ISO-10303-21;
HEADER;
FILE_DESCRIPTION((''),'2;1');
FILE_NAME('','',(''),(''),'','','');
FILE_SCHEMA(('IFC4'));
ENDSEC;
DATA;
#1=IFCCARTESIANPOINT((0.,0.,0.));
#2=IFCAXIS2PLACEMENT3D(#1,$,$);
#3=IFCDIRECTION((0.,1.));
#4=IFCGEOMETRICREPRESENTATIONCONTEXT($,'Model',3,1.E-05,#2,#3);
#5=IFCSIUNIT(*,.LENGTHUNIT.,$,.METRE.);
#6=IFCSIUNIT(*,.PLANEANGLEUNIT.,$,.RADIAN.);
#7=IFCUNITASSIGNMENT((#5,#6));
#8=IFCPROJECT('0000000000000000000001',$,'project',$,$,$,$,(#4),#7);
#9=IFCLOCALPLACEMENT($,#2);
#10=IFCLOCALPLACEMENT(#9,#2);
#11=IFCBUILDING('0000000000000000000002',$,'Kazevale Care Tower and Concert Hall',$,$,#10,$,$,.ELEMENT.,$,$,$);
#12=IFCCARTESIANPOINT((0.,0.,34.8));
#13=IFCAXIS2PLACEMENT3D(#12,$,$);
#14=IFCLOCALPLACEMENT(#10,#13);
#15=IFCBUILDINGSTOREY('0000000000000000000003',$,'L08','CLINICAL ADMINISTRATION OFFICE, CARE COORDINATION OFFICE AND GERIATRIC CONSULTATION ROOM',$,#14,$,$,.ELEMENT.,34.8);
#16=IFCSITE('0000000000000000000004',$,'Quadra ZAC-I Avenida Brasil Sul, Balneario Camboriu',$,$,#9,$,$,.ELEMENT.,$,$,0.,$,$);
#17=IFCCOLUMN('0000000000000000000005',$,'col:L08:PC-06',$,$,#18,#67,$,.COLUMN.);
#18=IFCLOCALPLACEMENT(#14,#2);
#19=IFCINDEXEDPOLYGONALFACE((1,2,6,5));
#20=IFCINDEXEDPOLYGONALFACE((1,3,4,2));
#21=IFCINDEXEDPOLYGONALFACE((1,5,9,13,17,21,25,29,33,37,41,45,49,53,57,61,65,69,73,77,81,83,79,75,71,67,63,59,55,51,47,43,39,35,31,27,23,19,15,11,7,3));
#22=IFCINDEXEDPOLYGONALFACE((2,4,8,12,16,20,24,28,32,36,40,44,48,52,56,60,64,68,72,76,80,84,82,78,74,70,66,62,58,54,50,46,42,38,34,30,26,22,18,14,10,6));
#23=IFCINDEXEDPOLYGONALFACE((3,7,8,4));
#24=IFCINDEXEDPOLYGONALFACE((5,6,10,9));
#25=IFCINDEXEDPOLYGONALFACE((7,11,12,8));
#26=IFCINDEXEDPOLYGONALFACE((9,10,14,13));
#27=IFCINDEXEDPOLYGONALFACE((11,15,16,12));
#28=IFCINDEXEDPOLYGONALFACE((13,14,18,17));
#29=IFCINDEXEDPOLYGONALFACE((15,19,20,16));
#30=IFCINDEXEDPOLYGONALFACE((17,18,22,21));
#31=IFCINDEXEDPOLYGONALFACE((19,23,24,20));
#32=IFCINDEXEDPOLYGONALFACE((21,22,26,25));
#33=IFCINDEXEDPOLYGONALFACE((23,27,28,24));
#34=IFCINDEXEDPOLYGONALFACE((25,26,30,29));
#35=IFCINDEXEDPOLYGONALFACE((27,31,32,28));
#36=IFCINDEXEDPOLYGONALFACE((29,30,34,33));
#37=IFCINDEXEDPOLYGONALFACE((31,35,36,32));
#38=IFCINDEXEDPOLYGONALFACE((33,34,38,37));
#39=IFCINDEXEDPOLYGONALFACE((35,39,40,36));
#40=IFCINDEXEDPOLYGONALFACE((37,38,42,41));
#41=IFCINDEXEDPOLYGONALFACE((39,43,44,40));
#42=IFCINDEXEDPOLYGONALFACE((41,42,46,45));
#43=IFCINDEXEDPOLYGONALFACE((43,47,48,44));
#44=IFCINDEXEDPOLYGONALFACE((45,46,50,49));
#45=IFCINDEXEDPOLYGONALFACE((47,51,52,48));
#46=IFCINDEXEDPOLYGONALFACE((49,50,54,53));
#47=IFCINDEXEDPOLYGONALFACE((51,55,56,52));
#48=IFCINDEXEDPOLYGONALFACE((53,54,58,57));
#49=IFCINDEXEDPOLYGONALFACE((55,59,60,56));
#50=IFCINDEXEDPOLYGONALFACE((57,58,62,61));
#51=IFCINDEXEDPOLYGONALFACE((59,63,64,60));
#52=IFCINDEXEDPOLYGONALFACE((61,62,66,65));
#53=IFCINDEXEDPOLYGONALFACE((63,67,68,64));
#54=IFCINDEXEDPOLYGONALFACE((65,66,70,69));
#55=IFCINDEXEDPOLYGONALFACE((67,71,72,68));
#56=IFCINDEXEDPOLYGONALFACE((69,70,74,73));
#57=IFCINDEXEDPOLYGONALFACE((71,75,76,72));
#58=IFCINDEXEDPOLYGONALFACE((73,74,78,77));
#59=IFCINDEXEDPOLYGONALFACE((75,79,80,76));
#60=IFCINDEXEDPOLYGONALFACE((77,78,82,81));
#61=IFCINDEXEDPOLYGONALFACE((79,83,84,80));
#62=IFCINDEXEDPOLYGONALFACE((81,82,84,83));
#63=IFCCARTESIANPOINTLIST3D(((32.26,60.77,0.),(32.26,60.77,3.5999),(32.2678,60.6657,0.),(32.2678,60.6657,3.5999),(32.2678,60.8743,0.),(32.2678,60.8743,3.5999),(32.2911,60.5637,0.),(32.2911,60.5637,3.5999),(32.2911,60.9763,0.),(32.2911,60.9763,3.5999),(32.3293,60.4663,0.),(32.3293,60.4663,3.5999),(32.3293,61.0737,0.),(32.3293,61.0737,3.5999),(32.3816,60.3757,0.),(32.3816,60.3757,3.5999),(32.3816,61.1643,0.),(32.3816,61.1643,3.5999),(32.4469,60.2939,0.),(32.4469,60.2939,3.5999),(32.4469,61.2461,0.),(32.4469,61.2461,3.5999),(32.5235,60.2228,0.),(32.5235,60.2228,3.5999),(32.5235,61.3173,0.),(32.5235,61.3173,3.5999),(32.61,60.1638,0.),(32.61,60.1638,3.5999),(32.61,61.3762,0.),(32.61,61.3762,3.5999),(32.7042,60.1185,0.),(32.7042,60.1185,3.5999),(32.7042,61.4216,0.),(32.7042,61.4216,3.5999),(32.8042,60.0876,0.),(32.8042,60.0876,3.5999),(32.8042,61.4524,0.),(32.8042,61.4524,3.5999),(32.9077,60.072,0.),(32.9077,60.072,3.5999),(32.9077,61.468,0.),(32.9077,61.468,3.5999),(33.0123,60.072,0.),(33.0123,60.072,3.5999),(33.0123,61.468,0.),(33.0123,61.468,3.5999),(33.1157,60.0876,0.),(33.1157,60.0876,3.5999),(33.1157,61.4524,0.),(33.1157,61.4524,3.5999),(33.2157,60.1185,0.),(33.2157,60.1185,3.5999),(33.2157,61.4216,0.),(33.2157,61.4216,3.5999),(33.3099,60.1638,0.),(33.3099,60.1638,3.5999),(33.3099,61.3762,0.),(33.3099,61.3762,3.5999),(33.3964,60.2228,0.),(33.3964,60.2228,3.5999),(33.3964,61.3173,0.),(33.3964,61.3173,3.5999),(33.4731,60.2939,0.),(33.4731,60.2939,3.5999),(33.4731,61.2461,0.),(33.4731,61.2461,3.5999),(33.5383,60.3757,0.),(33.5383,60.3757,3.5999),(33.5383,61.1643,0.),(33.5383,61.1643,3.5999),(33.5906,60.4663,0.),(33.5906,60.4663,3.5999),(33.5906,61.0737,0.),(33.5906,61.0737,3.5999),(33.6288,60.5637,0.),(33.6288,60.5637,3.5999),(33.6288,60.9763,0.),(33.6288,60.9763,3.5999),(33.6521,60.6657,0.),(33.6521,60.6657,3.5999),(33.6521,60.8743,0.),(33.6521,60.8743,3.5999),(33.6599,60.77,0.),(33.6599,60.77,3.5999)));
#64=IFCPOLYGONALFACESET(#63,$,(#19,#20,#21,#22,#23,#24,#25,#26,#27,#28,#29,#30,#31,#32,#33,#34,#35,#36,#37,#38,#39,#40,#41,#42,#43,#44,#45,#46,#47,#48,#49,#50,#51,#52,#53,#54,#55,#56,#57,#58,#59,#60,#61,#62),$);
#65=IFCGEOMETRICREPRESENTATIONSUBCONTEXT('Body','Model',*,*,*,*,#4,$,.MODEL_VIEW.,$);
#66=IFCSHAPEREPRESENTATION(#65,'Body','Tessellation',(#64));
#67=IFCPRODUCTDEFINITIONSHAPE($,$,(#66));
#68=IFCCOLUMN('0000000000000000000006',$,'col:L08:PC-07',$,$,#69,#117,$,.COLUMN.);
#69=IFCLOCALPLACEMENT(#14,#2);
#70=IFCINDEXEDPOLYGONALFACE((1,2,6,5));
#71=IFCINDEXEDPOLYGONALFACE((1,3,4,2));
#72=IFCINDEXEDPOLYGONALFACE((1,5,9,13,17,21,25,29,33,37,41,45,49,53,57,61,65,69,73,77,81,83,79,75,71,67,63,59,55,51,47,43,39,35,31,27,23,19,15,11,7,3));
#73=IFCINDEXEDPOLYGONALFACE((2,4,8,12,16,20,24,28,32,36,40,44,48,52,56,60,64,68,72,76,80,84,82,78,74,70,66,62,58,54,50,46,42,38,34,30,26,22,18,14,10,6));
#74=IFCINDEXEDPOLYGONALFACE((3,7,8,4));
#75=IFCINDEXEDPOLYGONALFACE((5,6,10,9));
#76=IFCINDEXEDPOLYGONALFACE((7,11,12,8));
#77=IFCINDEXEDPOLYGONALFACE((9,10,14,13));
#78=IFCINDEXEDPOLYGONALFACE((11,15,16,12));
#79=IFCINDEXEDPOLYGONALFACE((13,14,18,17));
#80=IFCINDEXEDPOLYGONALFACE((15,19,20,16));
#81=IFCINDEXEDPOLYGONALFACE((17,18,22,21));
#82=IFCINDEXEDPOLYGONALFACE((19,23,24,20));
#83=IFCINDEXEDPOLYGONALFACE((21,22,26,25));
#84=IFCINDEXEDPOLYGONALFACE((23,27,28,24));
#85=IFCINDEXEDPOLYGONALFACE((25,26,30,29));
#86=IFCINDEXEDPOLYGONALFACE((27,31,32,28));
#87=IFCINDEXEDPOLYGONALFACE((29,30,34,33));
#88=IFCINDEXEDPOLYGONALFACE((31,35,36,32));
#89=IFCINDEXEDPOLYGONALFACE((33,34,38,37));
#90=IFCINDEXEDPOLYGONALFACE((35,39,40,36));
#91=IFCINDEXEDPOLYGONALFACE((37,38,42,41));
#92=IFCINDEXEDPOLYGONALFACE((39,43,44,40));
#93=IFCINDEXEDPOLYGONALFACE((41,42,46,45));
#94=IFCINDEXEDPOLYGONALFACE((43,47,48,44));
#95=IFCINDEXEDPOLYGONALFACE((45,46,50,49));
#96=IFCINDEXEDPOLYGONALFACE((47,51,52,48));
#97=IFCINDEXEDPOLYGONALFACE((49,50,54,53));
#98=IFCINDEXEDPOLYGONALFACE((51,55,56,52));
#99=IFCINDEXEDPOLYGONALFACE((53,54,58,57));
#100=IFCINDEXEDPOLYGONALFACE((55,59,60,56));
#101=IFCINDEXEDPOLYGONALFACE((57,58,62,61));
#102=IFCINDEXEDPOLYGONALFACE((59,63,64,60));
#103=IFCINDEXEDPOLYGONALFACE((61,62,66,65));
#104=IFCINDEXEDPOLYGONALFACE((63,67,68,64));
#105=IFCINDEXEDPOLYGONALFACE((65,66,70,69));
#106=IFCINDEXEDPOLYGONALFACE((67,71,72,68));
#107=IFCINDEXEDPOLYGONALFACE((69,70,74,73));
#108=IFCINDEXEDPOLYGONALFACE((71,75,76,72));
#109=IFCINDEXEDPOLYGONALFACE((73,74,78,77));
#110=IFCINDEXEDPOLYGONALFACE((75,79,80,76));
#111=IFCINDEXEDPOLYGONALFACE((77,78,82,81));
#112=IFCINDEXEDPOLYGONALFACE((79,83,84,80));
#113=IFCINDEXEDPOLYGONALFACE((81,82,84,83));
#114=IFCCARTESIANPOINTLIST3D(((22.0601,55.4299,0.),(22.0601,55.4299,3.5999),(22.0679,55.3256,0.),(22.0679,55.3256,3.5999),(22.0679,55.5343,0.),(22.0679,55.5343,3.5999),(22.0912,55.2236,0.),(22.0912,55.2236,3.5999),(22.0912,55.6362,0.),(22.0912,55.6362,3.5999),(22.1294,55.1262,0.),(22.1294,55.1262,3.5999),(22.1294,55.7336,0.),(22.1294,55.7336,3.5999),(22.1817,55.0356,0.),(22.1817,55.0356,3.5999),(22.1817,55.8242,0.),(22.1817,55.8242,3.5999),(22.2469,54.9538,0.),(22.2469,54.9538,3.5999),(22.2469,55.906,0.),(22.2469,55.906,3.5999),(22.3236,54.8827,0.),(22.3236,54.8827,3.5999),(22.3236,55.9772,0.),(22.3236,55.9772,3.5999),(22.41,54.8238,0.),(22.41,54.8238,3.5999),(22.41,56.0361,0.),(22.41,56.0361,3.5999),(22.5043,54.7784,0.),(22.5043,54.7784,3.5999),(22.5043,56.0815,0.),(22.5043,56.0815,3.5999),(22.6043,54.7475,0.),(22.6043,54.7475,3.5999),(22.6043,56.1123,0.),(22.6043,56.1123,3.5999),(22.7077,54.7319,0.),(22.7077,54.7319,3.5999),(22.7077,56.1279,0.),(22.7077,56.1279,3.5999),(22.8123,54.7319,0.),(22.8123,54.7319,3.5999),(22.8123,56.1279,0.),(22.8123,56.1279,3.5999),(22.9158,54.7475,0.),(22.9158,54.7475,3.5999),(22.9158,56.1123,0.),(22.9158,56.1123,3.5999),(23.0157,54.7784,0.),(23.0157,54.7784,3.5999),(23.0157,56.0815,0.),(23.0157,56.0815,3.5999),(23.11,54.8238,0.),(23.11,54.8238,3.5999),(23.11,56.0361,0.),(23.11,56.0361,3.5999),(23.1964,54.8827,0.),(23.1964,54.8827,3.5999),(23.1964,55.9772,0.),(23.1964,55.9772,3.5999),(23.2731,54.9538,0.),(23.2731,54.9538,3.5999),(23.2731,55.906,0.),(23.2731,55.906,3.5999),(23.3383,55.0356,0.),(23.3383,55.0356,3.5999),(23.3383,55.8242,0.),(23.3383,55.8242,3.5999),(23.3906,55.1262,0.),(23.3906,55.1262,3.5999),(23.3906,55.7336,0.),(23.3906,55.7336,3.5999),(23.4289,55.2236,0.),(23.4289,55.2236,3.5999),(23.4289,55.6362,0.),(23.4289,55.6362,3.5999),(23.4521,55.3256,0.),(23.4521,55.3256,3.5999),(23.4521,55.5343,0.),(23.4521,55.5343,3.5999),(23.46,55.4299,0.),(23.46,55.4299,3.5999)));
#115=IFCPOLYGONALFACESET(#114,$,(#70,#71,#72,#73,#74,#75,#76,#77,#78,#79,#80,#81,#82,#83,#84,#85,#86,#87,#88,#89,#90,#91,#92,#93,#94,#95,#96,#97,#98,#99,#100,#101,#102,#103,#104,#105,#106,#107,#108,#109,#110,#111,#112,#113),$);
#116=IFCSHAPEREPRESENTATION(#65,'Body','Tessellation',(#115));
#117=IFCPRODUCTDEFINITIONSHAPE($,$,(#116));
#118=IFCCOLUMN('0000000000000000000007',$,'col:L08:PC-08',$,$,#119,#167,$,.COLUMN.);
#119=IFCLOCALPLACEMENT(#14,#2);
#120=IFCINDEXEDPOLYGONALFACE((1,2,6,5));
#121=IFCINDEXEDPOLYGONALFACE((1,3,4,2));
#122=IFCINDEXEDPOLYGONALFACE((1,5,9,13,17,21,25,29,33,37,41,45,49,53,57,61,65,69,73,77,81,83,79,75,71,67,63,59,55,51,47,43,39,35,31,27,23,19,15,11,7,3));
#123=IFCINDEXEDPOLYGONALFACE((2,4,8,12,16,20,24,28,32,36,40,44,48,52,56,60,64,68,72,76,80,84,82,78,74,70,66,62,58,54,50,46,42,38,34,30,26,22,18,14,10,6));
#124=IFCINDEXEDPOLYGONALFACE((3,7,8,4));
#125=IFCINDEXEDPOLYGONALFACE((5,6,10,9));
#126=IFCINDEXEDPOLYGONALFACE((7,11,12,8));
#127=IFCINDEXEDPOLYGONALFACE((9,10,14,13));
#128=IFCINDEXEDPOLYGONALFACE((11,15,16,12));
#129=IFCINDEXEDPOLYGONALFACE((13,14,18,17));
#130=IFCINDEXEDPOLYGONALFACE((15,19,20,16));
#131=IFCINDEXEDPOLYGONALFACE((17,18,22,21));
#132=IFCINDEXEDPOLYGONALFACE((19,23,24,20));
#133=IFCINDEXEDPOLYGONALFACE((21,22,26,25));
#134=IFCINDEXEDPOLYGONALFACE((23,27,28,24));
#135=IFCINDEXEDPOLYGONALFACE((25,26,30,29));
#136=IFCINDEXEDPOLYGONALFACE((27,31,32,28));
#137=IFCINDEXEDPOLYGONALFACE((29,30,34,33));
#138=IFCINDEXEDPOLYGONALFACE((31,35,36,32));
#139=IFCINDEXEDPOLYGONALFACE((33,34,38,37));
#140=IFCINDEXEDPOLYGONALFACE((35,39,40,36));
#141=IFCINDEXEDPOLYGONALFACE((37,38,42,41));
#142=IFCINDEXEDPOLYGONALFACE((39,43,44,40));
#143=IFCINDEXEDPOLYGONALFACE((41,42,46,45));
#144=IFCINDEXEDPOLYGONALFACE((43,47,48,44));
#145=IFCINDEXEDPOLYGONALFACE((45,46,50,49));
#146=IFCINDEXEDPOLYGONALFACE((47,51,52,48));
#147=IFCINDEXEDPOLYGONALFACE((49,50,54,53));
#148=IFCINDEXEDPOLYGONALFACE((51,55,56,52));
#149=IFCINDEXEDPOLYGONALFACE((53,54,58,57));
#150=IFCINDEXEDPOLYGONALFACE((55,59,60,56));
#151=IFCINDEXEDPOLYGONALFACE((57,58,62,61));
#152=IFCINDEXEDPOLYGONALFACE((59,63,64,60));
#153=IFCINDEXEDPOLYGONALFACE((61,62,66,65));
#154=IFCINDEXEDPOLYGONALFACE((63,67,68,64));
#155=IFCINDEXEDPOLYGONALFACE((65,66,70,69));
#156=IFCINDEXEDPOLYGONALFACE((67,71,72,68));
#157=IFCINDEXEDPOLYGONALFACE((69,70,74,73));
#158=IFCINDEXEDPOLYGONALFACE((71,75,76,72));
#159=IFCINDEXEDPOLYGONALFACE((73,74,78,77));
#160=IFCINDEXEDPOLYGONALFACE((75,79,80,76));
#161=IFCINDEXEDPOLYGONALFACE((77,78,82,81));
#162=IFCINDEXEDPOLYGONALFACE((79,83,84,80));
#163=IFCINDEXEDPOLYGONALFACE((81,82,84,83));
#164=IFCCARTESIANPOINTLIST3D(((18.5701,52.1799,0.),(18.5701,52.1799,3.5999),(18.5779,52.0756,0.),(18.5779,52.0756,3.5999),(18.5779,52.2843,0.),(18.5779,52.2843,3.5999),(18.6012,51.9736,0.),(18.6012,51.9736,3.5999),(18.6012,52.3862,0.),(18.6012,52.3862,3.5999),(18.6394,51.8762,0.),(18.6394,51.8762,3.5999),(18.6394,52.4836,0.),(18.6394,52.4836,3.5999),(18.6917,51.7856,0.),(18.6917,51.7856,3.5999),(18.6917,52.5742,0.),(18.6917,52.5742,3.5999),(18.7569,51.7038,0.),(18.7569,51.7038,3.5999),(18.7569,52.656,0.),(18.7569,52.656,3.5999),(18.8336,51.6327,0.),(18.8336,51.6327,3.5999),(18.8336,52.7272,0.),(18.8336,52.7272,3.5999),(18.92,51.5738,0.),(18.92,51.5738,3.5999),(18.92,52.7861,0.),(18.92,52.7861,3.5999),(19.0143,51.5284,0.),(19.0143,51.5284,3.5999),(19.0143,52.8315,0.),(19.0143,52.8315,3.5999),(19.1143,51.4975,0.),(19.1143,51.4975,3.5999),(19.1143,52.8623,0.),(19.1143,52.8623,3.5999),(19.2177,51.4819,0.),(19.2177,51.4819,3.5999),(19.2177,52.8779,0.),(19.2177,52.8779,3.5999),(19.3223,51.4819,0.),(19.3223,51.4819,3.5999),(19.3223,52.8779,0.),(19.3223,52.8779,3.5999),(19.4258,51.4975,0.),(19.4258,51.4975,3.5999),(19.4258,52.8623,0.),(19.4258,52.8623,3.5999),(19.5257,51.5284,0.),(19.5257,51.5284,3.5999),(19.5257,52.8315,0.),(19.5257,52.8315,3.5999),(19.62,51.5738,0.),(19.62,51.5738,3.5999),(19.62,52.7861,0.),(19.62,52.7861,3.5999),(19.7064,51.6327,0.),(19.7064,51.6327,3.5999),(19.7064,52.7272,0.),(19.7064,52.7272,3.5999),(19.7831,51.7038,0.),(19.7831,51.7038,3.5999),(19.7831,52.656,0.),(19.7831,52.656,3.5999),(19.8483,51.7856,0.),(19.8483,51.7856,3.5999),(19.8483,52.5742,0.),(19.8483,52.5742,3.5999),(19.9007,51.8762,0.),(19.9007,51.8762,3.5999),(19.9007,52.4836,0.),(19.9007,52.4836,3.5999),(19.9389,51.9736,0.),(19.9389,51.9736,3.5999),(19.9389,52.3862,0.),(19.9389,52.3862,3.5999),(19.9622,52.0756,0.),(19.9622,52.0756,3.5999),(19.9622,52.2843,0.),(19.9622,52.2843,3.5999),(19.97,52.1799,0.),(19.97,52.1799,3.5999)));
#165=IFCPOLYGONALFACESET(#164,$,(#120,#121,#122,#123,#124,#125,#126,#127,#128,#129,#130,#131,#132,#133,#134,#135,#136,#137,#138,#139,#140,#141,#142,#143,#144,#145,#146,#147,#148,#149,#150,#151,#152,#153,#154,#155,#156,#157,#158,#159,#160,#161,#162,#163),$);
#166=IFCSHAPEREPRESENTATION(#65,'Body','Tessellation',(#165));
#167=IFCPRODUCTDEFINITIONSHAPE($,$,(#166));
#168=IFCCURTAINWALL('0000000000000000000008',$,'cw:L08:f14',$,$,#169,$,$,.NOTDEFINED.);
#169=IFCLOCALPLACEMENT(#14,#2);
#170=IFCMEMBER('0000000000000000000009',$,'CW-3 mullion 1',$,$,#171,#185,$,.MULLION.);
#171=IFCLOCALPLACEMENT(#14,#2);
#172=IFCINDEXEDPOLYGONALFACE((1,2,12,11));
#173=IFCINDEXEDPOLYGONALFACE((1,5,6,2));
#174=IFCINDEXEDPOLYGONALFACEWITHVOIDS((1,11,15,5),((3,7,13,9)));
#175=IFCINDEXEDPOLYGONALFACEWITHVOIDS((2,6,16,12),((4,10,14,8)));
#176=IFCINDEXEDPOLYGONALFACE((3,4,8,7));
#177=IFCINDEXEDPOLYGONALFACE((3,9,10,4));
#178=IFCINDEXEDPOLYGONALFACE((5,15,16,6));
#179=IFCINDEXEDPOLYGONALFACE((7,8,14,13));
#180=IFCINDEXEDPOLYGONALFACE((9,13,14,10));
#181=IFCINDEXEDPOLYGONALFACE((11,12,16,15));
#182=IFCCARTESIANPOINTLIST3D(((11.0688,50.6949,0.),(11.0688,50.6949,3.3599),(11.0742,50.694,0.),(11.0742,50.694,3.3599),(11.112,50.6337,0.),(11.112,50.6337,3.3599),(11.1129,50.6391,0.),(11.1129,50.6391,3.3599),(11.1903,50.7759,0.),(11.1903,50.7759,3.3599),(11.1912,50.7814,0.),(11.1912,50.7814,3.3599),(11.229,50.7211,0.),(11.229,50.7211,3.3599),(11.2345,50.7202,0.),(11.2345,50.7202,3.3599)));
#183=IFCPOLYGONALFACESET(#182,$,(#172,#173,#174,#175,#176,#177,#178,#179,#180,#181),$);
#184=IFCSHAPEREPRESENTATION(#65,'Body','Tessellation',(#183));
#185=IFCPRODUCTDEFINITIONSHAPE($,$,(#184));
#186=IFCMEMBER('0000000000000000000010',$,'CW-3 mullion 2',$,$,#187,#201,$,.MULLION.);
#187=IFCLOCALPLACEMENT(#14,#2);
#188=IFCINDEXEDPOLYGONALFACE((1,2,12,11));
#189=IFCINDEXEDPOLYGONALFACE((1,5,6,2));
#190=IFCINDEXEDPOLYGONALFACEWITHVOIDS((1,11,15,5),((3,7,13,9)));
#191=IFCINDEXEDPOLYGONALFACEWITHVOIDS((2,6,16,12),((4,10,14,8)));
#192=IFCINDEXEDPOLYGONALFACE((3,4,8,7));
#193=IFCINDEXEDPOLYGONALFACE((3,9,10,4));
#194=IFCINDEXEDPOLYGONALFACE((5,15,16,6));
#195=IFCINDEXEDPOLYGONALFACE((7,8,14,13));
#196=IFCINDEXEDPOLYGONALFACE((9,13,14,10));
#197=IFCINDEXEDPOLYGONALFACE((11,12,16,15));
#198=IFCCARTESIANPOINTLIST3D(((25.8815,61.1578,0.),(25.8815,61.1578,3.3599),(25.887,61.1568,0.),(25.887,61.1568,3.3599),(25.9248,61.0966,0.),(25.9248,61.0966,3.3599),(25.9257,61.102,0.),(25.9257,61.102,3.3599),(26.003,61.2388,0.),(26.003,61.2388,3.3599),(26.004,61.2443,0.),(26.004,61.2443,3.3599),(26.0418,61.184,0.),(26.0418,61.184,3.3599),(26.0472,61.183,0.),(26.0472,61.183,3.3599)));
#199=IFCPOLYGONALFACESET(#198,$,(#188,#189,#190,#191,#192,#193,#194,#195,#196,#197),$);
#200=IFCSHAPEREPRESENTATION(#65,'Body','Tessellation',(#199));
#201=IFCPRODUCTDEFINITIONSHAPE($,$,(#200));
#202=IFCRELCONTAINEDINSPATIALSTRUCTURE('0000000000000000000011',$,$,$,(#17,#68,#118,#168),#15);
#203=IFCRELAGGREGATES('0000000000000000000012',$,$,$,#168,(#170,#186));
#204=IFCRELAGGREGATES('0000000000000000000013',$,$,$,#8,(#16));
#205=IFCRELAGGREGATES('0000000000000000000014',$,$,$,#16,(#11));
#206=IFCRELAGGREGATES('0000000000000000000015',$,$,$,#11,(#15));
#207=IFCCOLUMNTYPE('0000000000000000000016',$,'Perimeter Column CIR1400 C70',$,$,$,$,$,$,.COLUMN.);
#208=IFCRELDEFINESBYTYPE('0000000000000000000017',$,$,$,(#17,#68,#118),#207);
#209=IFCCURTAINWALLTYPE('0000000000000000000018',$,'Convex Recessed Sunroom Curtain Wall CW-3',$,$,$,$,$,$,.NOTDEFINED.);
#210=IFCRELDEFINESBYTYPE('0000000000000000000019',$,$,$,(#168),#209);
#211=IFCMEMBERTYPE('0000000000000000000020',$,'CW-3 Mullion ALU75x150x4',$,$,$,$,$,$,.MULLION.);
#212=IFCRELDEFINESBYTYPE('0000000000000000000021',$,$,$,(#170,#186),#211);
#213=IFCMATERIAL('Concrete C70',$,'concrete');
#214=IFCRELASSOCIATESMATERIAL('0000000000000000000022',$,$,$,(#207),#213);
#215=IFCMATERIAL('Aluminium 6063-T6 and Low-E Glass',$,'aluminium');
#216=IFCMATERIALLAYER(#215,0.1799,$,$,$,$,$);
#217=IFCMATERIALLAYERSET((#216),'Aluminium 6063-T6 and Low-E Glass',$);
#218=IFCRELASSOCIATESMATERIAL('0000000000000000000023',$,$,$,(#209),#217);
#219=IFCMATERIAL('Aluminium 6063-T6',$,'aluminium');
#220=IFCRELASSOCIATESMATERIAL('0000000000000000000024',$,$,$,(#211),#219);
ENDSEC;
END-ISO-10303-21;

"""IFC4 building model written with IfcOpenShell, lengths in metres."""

from ifc_helpers import new_model, si_unit, direction, frame, origin, origin_2d, place, context, subcontext, project, spatial, hollow_rectangle, circle, extrude, material, layer, layer_set, material_profile, profile_set, type_object, element, aggregate, save


model = new_model("IFC4")

# Units and contexts
model_context = context("Model", 3, precision=1e-05, world=origin(), true_north=direction((0.0, 1.0)))
body_context = subcontext(model_context, "Body", "Model", "MODEL_VIEW")
ifc_project = project(units=[si_unit("LENGTHUNIT", "METRE"), si_unit("PLANEANGLEUNIT", "RADIAN")], contexts=[model_context])

# Site, building, storey
site_placement = place(None, origin())
site = spatial("IfcSite", under=ifc_project, at=site_placement, Name="Quadra ZAC-I Avenida Brasil Sul, Balneario Camboriu", CompositionType="ELEMENT", RefElevation=0.0)
building_placement = place(site_placement, origin())
building = spatial("IfcBuilding", under=site, at=building_placement, Name="Kazevale Care Tower and Concert Hall", CompositionType="ELEMENT")
storey_placement = place(building_placement, frame((0.0, 0.0, 34.8)))
storey = spatial("IfcBuildingStorey", under=building, at=storey_placement, Name="L08", Description="CLINICAL ADMINISTRATION OFFICE, CARE COORDINATION OFFICE AND GERIATRIC CONSULTATION ROOM", CompositionType="ELEMENT", Elevation=34.8)

# Columns
ifc_material_1 = material(Name="Concrete C70", Category="concrete")
ifc_material_profile_1 = material_profile(ifc_material_1, circle(Radius=0.7, at=origin_2d()), Name="RC-CIR1400")
ifc_profile_set_1 = profile_set([ifc_material_profile_1], Name="Concrete C70")
column_type = type_object("IfcColumnType", Name="Perimeter Column CIR1400 C70", PredefinedType="COLUMN", material=ifc_profile_set_1)
for number, where, z_axis, x_axis, name in (
    (1, (32.96, 60.77, 0.0), (0.0, 0.0, 1.0), (1.0, 0.0, 0.0), "col:L08:PC-06"),
    (2, (22.76, 55.4299, 0.0), (0.0, 0.0, 1.0), (1.0, 0.0, 0.0), "col:L08:PC-07"),
    (3, (19.27, 52.1799, 0.0), (0.0, 0.0, 1.0), (1.0, 0.0, 0.0), "col:L08:PC-08"),
):
    element("IfcColumn", number, at=place(storey_placement, frame(where, z_axis=z_axis, x_axis=x_axis)), inside=storey, type_object=column_type, Name=name, PredefinedType="COLUMN", context=body_context, shape_type="SweptSolid", body=[
        extrude(circle(Radius=0.7, at=origin_2d()), origin(), (0.0, 0.0, 1.0), 3.5999),
    ])

# Curtain wall, members
ifc_material_2 = material(Name="Aluminium 6063-T6 and Low-E Glass", Category="aluminium")
ifc_layer_1 = layer(ifc_material_2, 0.1799)
ifc_layer_set_1 = layer_set([ifc_layer_1], Name="Aluminium 6063-T6 and Low-E Glass")
curtain_wall_type = type_object("IfcCurtainWallType", Name="Convex Recessed Sunroom Curtain Wall CW-3", PredefinedType="NOTDEFINED", material=ifc_layer_set_1)
curtain_wall_placement = place(storey_placement, origin())
curtain_wall = element("IfcCurtainWall", 4, at=curtain_wall_placement, inside=storey, type_object=curtain_wall_type, Name="cw:L08:f14", PredefinedType="NOTDEFINED")
ifc_material_3 = material(Name="Aluminium 6063-T6", Category="aluminium")
ifc_material_profile_2 = material_profile(ifc_material_3, hollow_rectangle(XDim=0.075, YDim=0.1499, WallThickness=0.0039, at=origin_2d()), Name="ALU75x150x4")
ifc_profile_set_2 = profile_set([ifc_material_profile_2], Name="Aluminium 6063-T6")
member_type_1 = type_object("IfcMemberType", Name="CW-3 Mullion ALU75x150x4", PredefinedType="MULLION", material=ifc_profile_set_2)
member_1_placement = place(storey_placement, frame((11.1516, 50.7075, 0.0), z_axis=(0.0, 0.0, 1.0), x_axis=(-0.576929, 0.816794, 0.0)))
member_1 = element("IfcMember", 5, at=member_1_placement, type_object=member_type_1, Name="CW-3 mullion 1", PredefinedType="MULLION", context=body_context, shape_type="SweptSolid", body=[
    extrude(hollow_rectangle(XDim=0.075, YDim=0.1499, WallThickness=0.0039, at=origin_2d()), origin(), (0.0, 0.0, 1.0), 3.3599),
])
member_2_placement = place(storey_placement, frame((25.9644, 61.1704, 0.0), z_axis=(0.0, 0.0, 1.0), x_axis=(-0.576929, 0.816794, 0.0)))
member_2 = element("IfcMember", 6, at=member_2_placement, type_object=member_type_1, Name="CW-3 mullion 2", PredefinedType="MULLION", context=body_context, shape_type="SweptSolid", body=[
    extrude(hollow_rectangle(XDim=0.075, YDim=0.1499, WallThickness=0.0039, at=origin_2d()), origin(), (0.0, 0.0, 1.0), 3.3599),
])

aggregate(curtain_wall, [member_1, member_2])

save(model, "model.ifc")
